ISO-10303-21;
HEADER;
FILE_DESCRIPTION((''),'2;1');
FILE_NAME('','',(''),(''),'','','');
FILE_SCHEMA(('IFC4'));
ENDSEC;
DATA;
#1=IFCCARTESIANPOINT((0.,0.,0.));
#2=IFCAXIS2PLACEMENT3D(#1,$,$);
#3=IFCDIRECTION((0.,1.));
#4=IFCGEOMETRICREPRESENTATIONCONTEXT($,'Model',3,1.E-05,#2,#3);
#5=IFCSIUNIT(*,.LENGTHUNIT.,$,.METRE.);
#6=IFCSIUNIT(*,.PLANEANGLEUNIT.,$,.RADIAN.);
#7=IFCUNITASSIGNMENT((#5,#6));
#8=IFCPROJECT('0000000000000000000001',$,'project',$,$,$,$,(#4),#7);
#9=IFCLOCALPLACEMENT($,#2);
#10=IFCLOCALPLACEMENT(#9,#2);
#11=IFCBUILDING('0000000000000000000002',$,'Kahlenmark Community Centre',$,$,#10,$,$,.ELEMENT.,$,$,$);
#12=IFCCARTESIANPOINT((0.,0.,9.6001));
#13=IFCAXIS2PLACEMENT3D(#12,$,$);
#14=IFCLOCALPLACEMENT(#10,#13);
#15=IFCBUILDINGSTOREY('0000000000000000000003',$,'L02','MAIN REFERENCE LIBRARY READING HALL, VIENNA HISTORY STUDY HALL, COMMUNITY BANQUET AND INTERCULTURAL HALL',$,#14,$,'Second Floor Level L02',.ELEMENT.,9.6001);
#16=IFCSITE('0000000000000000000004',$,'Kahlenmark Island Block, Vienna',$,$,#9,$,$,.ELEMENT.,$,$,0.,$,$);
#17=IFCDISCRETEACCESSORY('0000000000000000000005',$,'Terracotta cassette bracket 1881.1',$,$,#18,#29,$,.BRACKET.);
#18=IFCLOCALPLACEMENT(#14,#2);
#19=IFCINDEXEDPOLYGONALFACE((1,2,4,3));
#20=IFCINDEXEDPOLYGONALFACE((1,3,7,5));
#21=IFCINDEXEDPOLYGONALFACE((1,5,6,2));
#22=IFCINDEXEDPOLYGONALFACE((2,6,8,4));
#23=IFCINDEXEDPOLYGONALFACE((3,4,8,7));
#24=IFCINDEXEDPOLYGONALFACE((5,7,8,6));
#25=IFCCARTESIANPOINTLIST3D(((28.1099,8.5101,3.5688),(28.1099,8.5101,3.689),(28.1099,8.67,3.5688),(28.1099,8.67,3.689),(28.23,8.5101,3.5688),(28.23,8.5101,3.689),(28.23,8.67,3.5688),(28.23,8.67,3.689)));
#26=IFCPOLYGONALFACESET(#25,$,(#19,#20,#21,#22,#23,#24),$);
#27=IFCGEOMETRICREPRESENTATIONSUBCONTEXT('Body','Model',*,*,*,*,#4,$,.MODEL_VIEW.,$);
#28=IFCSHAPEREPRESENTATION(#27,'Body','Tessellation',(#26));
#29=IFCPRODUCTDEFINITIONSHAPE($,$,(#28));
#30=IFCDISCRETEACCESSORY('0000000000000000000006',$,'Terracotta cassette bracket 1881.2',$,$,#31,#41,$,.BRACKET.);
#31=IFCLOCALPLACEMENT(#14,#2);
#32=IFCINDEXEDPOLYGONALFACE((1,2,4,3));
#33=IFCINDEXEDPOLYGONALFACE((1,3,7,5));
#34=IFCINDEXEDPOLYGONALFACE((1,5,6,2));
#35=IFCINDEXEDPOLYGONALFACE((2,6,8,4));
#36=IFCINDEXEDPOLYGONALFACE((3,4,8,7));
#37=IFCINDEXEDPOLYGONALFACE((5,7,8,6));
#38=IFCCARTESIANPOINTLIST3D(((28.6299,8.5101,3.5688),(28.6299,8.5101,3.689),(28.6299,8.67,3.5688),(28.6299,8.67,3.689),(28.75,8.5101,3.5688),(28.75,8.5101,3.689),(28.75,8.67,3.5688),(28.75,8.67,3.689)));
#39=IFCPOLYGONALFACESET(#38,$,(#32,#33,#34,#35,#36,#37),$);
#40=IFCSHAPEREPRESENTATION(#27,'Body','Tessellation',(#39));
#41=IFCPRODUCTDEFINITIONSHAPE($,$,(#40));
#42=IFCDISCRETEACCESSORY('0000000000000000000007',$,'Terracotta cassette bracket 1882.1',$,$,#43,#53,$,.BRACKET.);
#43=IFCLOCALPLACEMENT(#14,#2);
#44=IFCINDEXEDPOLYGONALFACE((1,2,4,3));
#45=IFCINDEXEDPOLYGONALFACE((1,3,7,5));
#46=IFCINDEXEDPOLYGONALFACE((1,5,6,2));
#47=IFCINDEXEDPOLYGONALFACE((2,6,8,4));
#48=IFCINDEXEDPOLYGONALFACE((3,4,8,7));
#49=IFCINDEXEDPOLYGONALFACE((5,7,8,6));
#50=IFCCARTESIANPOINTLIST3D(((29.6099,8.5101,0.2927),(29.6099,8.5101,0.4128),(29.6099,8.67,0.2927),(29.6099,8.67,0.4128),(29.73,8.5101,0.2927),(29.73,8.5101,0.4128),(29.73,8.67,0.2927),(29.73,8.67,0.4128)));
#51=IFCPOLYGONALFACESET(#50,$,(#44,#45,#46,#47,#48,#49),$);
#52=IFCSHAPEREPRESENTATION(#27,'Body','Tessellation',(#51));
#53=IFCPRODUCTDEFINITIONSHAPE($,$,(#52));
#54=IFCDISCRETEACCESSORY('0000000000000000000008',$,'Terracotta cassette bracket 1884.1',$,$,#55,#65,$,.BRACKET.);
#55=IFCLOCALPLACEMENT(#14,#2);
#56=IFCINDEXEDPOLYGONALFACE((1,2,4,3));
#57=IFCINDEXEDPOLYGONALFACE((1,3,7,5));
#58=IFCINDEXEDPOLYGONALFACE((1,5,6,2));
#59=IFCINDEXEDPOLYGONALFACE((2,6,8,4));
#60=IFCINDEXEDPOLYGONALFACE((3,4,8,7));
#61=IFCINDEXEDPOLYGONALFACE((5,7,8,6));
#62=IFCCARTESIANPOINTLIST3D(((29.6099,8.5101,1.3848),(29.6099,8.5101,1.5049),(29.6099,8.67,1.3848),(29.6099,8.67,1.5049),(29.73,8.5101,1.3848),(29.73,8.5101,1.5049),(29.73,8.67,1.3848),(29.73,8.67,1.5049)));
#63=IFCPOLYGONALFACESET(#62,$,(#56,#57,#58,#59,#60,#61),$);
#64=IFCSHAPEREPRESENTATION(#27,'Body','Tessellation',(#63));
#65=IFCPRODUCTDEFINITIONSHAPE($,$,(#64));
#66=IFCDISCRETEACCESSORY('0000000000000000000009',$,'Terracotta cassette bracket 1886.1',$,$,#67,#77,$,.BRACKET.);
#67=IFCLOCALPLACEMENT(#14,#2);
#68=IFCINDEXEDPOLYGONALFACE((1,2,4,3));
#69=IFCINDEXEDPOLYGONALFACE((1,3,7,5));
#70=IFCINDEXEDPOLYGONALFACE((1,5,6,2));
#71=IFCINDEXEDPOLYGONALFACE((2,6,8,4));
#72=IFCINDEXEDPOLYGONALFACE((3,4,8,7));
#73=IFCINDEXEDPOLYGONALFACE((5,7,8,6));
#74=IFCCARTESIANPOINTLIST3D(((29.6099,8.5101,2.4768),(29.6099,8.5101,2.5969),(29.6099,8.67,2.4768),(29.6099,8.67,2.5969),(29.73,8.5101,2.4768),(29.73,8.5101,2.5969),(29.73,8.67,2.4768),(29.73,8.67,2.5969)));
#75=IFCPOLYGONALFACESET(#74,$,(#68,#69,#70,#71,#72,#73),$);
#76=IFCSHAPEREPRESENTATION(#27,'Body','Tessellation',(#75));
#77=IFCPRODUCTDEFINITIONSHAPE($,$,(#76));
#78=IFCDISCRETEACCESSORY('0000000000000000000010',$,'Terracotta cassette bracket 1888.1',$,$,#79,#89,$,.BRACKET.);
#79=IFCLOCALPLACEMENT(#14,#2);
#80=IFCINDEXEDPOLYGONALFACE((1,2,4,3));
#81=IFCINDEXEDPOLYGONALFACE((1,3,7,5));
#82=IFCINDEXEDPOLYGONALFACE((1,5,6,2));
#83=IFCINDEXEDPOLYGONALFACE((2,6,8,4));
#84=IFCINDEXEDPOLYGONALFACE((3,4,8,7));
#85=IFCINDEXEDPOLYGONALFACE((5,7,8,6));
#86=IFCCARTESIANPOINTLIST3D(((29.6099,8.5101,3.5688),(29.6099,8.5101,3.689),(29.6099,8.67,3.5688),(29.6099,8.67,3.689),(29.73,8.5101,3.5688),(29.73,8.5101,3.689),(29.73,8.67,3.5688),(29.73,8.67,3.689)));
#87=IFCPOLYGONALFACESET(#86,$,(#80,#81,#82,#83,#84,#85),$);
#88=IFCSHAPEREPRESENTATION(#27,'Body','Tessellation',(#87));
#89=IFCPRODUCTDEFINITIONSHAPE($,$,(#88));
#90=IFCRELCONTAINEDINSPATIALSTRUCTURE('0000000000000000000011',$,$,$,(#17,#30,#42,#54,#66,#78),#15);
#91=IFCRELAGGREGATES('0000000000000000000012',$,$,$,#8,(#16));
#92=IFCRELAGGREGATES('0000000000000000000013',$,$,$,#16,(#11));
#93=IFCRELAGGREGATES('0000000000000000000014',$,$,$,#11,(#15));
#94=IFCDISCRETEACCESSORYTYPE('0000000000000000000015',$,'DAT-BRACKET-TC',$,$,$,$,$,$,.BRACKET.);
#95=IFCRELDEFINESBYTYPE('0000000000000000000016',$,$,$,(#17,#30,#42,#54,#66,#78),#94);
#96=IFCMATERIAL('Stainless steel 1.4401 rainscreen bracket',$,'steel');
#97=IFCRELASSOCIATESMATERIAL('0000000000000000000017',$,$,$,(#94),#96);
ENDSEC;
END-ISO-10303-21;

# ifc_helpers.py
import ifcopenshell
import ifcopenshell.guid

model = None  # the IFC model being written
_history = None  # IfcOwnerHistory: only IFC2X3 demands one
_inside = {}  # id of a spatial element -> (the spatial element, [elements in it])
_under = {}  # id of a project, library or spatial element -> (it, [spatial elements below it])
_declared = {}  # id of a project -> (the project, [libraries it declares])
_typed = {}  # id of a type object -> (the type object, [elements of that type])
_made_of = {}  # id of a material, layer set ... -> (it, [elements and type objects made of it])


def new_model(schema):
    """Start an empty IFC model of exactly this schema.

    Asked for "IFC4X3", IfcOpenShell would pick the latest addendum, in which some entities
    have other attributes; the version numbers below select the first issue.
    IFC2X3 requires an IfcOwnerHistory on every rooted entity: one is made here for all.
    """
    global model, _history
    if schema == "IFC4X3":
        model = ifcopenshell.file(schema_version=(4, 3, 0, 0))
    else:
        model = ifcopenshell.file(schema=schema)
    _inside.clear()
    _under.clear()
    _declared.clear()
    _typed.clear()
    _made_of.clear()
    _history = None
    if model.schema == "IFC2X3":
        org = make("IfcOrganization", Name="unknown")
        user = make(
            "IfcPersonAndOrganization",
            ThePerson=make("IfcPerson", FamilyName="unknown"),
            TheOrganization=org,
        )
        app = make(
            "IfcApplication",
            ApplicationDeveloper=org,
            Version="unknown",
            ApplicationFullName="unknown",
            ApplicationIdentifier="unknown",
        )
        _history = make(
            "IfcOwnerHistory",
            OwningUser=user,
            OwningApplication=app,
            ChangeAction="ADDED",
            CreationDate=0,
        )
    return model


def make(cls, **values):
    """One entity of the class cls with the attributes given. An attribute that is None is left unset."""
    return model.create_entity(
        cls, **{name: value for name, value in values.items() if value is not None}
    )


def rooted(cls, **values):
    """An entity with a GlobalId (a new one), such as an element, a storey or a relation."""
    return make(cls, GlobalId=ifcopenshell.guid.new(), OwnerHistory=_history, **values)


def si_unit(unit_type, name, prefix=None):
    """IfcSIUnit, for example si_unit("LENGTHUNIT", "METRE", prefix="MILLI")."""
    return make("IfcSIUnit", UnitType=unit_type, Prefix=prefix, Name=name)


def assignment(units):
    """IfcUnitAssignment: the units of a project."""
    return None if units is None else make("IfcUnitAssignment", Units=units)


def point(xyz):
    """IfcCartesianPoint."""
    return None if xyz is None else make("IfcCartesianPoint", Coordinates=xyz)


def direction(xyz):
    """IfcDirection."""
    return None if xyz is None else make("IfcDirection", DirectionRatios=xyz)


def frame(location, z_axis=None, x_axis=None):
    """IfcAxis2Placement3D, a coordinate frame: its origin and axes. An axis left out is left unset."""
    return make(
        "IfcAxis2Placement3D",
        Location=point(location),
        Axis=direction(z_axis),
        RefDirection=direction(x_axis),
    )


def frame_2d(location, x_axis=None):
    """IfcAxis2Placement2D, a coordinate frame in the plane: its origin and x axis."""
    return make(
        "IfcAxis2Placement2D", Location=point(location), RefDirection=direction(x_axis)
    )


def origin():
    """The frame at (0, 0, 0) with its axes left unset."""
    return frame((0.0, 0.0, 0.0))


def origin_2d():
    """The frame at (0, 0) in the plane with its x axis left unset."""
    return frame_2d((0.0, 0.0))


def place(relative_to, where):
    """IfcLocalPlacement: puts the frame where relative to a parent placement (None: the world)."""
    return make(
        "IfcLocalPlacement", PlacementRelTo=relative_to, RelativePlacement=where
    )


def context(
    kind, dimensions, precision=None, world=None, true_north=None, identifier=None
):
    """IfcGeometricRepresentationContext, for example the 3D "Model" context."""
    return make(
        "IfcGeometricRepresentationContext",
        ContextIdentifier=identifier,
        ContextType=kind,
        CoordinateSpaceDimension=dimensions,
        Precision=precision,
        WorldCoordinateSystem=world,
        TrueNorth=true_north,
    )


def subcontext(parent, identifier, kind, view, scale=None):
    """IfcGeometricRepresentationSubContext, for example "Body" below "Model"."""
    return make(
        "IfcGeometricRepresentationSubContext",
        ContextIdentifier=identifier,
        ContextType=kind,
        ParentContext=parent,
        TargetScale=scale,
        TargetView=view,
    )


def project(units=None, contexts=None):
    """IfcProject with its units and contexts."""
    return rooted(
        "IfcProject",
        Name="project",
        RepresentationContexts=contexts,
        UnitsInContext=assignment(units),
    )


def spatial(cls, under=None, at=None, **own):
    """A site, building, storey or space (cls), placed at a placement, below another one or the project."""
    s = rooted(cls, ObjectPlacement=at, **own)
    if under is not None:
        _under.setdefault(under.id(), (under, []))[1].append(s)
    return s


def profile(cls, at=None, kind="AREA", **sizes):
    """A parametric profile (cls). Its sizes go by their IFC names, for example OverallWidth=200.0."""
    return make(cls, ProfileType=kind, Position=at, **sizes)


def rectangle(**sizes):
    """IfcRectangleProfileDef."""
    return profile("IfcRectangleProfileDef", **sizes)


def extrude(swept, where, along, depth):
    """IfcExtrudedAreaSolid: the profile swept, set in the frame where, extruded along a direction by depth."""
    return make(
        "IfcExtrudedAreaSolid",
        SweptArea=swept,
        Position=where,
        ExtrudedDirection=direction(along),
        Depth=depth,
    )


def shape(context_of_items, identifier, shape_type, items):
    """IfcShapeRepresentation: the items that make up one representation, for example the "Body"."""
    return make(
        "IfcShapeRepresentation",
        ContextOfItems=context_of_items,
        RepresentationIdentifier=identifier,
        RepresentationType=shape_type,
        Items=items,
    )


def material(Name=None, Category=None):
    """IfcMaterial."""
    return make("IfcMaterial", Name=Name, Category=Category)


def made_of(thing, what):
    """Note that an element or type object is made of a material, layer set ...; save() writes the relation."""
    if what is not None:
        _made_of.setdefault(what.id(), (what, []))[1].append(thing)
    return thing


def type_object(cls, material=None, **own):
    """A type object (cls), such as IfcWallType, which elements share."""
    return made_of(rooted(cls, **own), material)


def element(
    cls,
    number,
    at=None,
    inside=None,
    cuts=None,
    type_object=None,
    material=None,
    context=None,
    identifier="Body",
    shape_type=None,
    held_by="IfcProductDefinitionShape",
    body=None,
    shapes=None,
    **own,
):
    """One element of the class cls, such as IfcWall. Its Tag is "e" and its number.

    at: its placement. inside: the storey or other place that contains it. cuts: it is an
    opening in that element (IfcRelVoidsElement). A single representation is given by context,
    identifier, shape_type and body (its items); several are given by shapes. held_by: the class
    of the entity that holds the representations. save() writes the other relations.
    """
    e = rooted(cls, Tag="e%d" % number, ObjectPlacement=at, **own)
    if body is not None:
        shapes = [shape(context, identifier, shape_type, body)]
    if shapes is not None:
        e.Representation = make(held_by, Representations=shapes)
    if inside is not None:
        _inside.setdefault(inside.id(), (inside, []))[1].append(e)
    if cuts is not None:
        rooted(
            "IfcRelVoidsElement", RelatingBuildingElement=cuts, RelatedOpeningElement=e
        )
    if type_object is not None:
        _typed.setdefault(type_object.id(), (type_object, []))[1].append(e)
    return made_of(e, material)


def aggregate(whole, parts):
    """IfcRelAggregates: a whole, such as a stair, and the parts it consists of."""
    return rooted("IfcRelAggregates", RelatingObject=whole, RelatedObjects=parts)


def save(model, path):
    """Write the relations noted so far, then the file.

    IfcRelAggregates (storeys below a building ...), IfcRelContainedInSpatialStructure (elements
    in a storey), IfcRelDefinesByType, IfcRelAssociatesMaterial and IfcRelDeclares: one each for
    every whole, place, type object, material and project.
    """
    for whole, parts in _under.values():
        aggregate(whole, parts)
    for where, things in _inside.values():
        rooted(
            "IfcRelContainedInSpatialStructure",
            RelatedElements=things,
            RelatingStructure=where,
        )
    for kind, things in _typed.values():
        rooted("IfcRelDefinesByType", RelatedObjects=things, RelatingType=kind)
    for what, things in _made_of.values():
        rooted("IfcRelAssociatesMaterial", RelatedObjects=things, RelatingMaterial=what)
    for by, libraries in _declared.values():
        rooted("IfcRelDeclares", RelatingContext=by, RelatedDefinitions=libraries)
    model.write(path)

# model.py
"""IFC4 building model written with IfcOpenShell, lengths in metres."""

from ifc_helpers import new_model, si_unit, direction, frame, origin, origin_2d, place, context, subcontext, project, spatial, rectangle, extrude, material, type_object, element, save


model = new_model("IFC4")

# Units and contexts
model_context = context("Model", 3, precision=1e-05, world=origin(), true_north=direction((0.0, 1.0)))
body_context = subcontext(model_context, "Body", "Model", "MODEL_VIEW")
ifc_project = project(units=[si_unit("LENGTHUNIT", "METRE"), si_unit("PLANEANGLEUNIT", "RADIAN")], contexts=[model_context])

# Site, building, storey
site_placement = place(None, origin())
site = spatial("IfcSite", under=ifc_project, at=site_placement, Name="Kahlenmark Island Block, Vienna", CompositionType="ELEMENT", RefElevation=0.0)
building_placement = place(site_placement, origin())
building = spatial("IfcBuilding", under=site, at=building_placement, Name="Kahlenmark Community Centre", CompositionType="ELEMENT")
storey_placement = place(building_placement, frame((0.0, 0.0, 9.6001)))
storey = spatial("IfcBuildingStorey", under=building, at=storey_placement, Name="L02", Description="MAIN REFERENCE LIBRARY READING HALL, VIENNA HISTORY STUDY HALL, COMMUNITY BANQUET AND INTERCULTURAL HALL", LongName="Second Floor Level L02", CompositionType="ELEMENT", Elevation=9.6001)

# Discrete accessories
ifc_material_1 = material(Name="Stainless steel 1.4401 rainscreen bracket", Category="steel")
discrete_accessory_type = type_object("IfcDiscreteAccessoryType", Name="DAT-BRACKET-TC", PredefinedType="BRACKET", material=ifc_material_1)
for number, where, z_axis, x_axis, name in (
    (1, (28.1699, 8.5901, 3.5688), (0.0, 0.0, 1.0), (1.0, 0.0, 0.0), "Terracotta cassette bracket 1881.1"),
    (2, (28.6899, 8.5901, 3.5688), (0.0, 0.0, 1.0), (1.0, 0.0, 0.0), "Terracotta cassette bracket 1881.2"),
    (3, (29.6699, 8.5901, 0.2927), (0.0, 0.0, 1.0), (1.0, 0.0, 0.0), "Terracotta cassette bracket 1882.1"),
    (4, (29.6699, 8.5901, 1.3848), (0.0, 0.0, 1.0), (1.0, 0.0, 0.0), "Terracotta cassette bracket 1884.1"),
    (5, (29.6699, 8.5901, 2.4768), (0.0, 0.0, 1.0), (1.0, 0.0, 0.0), "Terracotta cassette bracket 1886.1"),
    (6, (29.6699, 8.5901, 3.5688), (0.0, 0.0, 1.0), (1.0, 0.0, 0.0), "Terracotta cassette bracket 1888.1"),
):
    element("IfcDiscreteAccessory", number, at=place(storey_placement, frame(where, z_axis=z_axis, x_axis=x_axis)), inside=storey, type_object=discrete_accessory_type, Name=name, PredefinedType="BRACKET", context=body_context, shape_type="SweptSolid", body=[
        extrude(rectangle(XDim=0.1201, YDim=0.1599, at=origin_2d()), origin(), (0.0, 0.0, 1.0), 0.1201),
    ])

save(model, "model.ifc")
